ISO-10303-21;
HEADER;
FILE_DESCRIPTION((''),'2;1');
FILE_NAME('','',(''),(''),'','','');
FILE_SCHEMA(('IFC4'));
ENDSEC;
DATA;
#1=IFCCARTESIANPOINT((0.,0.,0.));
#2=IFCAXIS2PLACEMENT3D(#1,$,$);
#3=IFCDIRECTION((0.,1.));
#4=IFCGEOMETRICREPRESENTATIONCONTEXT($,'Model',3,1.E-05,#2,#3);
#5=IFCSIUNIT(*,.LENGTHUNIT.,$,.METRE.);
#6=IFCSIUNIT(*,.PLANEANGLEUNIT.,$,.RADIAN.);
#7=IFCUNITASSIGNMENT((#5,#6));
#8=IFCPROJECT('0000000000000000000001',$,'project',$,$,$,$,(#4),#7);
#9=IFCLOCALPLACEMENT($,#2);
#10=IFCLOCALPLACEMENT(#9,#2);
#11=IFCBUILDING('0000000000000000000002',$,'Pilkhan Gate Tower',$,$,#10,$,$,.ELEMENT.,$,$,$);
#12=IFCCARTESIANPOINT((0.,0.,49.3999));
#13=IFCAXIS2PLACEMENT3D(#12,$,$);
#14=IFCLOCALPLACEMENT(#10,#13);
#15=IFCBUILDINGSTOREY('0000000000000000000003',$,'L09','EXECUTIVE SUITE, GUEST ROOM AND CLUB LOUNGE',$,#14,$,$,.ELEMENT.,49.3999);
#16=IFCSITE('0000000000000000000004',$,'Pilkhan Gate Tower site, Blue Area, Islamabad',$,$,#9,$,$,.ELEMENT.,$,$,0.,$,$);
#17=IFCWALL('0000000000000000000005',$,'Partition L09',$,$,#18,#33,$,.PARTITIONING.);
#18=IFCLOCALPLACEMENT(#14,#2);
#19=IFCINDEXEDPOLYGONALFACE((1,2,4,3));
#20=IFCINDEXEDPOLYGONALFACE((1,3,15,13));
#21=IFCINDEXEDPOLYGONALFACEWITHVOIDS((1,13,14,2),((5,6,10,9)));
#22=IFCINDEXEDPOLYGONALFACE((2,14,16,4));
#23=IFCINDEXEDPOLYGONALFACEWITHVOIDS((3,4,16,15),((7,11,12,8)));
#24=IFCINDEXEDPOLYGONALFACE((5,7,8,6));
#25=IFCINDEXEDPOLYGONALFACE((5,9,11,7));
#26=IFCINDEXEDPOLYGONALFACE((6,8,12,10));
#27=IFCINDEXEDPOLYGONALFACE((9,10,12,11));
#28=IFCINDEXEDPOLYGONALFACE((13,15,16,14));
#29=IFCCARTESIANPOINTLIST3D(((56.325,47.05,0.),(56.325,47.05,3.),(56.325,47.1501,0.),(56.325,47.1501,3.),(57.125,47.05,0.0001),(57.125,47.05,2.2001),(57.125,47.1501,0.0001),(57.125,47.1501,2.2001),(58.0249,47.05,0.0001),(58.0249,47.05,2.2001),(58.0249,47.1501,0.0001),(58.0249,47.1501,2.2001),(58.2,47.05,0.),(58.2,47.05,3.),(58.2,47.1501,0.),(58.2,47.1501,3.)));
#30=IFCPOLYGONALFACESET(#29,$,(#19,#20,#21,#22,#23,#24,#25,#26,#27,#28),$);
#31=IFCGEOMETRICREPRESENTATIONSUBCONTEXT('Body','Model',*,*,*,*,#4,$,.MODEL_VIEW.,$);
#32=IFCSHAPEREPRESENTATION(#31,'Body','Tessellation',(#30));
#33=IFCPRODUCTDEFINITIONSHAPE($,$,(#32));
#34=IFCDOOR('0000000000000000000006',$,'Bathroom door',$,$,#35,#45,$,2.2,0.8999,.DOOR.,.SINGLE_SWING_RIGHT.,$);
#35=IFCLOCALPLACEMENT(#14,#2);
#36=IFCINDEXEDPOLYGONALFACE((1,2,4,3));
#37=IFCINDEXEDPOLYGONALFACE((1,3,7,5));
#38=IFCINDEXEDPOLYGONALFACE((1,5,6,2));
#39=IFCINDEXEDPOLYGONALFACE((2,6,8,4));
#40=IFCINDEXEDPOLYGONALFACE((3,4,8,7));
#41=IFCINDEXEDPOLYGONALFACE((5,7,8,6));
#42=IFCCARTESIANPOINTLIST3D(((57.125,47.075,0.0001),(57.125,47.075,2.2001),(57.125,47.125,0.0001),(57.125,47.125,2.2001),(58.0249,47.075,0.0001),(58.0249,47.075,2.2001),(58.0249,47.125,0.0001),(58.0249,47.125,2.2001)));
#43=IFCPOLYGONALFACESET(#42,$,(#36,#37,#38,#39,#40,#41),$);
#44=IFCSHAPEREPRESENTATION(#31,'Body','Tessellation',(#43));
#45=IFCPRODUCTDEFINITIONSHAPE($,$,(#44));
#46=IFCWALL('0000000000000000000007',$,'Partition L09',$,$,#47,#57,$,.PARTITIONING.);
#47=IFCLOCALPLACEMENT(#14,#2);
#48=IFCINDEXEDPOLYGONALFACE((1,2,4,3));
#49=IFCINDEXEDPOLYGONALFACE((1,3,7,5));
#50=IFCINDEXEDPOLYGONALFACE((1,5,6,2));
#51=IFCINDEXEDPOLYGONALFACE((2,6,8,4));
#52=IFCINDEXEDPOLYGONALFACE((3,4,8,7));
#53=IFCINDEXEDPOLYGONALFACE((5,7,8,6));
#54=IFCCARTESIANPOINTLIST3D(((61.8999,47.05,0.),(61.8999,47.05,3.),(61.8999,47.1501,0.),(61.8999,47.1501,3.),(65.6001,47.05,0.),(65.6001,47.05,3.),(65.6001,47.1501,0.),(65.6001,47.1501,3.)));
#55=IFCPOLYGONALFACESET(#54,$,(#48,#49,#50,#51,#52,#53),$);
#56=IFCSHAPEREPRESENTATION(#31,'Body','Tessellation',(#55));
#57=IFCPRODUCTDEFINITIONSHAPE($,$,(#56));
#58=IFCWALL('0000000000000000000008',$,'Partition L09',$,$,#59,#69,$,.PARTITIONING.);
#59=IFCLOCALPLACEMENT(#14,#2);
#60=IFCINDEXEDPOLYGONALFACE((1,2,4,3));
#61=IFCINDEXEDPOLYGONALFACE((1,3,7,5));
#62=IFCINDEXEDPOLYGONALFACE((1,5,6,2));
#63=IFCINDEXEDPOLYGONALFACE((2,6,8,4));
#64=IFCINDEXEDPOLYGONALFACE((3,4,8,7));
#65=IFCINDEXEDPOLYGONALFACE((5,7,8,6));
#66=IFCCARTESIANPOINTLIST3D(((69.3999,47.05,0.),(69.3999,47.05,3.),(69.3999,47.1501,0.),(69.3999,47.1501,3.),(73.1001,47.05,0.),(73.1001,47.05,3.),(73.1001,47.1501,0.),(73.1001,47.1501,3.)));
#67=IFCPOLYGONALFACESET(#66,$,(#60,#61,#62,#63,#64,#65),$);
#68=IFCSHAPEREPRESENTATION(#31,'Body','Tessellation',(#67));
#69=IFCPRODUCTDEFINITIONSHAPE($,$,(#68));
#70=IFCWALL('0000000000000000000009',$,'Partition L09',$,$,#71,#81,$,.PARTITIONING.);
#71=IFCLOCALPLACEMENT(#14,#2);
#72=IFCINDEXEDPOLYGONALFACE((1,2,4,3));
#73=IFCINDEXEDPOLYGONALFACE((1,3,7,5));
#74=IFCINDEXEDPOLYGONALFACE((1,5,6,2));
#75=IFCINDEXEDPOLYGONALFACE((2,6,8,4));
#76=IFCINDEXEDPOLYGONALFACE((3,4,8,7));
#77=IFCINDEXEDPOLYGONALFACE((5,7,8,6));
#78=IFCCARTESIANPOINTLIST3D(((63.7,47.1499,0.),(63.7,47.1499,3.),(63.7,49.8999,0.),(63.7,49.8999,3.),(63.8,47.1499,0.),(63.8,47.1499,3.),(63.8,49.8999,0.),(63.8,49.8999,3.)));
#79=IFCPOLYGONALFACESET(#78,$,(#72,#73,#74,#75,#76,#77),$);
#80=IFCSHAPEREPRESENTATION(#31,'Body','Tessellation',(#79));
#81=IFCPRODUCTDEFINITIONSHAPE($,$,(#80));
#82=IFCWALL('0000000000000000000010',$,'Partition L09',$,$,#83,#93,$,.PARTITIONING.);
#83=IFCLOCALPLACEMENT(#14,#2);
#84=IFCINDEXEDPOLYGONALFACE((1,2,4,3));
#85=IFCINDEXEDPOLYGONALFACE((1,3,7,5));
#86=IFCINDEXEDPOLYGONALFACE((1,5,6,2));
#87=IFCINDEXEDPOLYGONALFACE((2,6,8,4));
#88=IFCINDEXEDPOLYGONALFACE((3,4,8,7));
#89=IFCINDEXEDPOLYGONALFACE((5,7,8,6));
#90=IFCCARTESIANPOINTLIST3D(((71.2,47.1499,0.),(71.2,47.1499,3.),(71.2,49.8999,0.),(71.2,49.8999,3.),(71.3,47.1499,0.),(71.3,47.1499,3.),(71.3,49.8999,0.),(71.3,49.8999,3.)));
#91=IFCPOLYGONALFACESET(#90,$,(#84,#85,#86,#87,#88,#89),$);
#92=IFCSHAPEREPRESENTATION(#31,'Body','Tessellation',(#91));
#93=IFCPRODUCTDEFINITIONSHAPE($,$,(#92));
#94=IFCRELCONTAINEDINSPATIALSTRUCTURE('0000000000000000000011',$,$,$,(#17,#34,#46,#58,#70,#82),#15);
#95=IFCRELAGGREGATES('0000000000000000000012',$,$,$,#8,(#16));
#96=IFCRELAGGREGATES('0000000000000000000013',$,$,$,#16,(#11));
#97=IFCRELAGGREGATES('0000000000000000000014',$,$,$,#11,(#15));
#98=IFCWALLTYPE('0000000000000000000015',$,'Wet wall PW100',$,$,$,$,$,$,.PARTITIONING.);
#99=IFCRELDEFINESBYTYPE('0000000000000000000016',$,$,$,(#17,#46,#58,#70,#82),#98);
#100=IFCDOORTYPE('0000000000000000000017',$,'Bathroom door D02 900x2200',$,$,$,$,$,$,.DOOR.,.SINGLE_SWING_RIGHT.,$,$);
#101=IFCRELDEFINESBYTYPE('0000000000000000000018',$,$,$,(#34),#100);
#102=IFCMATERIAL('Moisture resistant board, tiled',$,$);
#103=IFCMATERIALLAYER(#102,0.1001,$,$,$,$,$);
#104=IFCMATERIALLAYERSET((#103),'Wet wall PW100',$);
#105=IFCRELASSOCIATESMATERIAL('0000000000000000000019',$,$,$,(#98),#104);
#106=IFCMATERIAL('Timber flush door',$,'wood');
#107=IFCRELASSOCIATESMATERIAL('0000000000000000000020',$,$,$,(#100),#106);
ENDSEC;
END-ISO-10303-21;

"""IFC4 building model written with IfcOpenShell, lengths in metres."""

from ifc_helpers import new_model, si_unit, direction, frame, frame_2d, origin, place, context, subcontext, project, spatial, rectangle, extrude, material, layer, layer_set, type_object, element, fill, save


model = new_model("IFC4")

# Units and contexts
model_context = context("Model", 3, precision=1e-05, world=origin(), true_north=direction((0.0, 1.0)))
body_context = subcontext(model_context, "Body", "Model", "MODEL_VIEW")
ifc_project = project(units=[si_unit("LENGTHUNIT", "METRE"), si_unit("PLANEANGLEUNIT", "RADIAN")], contexts=[model_context])

# Site, building, storey
site_placement = place(None, origin())
site = spatial("IfcSite", under=ifc_project, at=site_placement, Name="Pilkhan Gate Tower site, Blue Area, Islamabad", CompositionType="ELEMENT", RefElevation=0.0)
building_placement = place(site_placement, origin())
building = spatial("IfcBuilding", under=site, at=building_placement, Name="Pilkhan Gate Tower", CompositionType="ELEMENT")
storey_placement = place(building_placement, frame((0.0, 0.0, 49.3999)))
storey = spatial("IfcBuildingStorey", under=building, at=storey_placement, Name="L09", Description="EXECUTIVE SUITE, GUEST ROOM AND CLUB LOUNGE", CompositionType="ELEMENT", Elevation=49.3999)

# Wall, opening, door
ifc_material_1 = material(Name="Moisture resistant board, tiled")
ifc_layer_1 = layer(ifc_material_1, 0.1001)
ifc_layer_set_1 = layer_set([ifc_layer_1], Name="Wet wall PW100")
wall_type_1 = type_object("IfcWallType", Name="Wet wall PW100", PredefinedType="PARTITIONING", material=ifc_layer_set_1)
wall_1_placement = place(storey_placement, frame((56.325, 47.1001, 0.0), z_axis=(0.0, 0.0, 1.0), x_axis=(1.0, 0.0, 0.0)))
wall_1 = element("IfcWall", 1, at=wall_1_placement, inside=storey, type_object=wall_type_1, Name="Partition L09", PredefinedType="PARTITIONING", context=body_context, shape_type="SweptSolid", body=[
    extrude(rectangle(XDim=1.875, YDim=0.1001, at=frame_2d((0.9375, 0.0))), origin(), (0.0, 0.0, 1.0), 3.0),
])
opening_1_placement = place(wall_1_placement, frame((0.8, 0.0, 0.0)))
opening_1 = element("IfcOpeningElement", 2, at=opening_1_placement, cuts=wall_1, PredefinedType="OPENING", context=body_context, shape_type="SweptSolid", body=[
    extrude(rectangle(XDim=0.8999, YDim=2.2, at=frame_2d((0.45, 1.1001))), frame((0.0, 0.0601, 0.0), z_axis=(0.0, -1.0, 0.0), x_axis=(1.0, 0.0, 0.0)), (0.0, 0.0, 1.0), 0.1201),
])
ifc_material_2 = material(Name="Timber flush door", Category="wood")
door_type_1 = type_object("IfcDoorType", Name="Bathroom door D02 900x2200", OperationType="SINGLE_SWING_RIGHT", PredefinedType="DOOR", material=ifc_material_2)
door_1_placement = place(opening_1_placement, origin())
door_1 = element("IfcDoor", 3, at=door_1_placement, inside=storey, type_object=door_type_1, Name="Bathroom door", OperationType="SINGLE_SWING_RIGHT", OverallHeight=2.2, OverallWidth=0.8999, PredefinedType="DOOR", context=body_context, shape_type="SweptSolid", body=[
    extrude(rectangle(XDim=0.8999, YDim=2.2, at=frame_2d((0.45, 1.1001))), frame((0.0, 0.0249, 0.0), z_axis=(0.0, -1.0, 0.0), x_axis=(1.0, 0.0, 0.0)), (0.0, 0.0, 1.0), 0.05),
])
fill(opening_1, door_1)

# Walls
for number, where, z_axis, x_axis, name in (
    (4, (61.8999, 47.1001, 0.0), (0.0, 0.0, 1.0), (1.0, 0.0, 0.0), "Partition L09"),
    (5, (69.3999, 47.1001, 0.0), (0.0, 0.0, 1.0), (1.0, 0.0, 0.0), "Partition L09"),
):
    element("IfcWall", number, at=place(storey_placement, frame(where, z_axis=z_axis, x_axis=x_axis)), inside=storey, type_object=wall_type_1, Name=name, PredefinedType="PARTITIONING", context=body_context, shape_type="SweptSolid", body=[
        extrude(rectangle(XDim=3.7002, YDim=0.1001, at=frame_2d((1.8501, 0.0))), origin(), (0.0, 0.0, 1.0), 3.0),
    ])
for number, where, z_axis, x_axis, name in (
    (6, (63.75, 47.1499, 0.0), (0.0, 0.0, 1.0), (0.0, 1.0, 0.0), "Partition L09"),
    (7, (71.25, 47.1499, 0.0), (0.0, 0.0, 1.0), (0.0, 1.0, 0.0), "Partition L09"),
):
    element("IfcWall", number, at=place(storey_placement, frame(where, z_axis=z_axis, x_axis=x_axis)), inside=storey, type_object=wall_type_1, Name=name, PredefinedType="PARTITIONING", context=body_context, shape_type="SweptSolid", body=[
        extrude(rectangle(XDim=2.75, YDim=0.1001, at=frame_2d((1.375, 0.0))), origin(), (0.0, 0.0, 1.0), 3.0),
    ])

save(model, "model.ifc")
